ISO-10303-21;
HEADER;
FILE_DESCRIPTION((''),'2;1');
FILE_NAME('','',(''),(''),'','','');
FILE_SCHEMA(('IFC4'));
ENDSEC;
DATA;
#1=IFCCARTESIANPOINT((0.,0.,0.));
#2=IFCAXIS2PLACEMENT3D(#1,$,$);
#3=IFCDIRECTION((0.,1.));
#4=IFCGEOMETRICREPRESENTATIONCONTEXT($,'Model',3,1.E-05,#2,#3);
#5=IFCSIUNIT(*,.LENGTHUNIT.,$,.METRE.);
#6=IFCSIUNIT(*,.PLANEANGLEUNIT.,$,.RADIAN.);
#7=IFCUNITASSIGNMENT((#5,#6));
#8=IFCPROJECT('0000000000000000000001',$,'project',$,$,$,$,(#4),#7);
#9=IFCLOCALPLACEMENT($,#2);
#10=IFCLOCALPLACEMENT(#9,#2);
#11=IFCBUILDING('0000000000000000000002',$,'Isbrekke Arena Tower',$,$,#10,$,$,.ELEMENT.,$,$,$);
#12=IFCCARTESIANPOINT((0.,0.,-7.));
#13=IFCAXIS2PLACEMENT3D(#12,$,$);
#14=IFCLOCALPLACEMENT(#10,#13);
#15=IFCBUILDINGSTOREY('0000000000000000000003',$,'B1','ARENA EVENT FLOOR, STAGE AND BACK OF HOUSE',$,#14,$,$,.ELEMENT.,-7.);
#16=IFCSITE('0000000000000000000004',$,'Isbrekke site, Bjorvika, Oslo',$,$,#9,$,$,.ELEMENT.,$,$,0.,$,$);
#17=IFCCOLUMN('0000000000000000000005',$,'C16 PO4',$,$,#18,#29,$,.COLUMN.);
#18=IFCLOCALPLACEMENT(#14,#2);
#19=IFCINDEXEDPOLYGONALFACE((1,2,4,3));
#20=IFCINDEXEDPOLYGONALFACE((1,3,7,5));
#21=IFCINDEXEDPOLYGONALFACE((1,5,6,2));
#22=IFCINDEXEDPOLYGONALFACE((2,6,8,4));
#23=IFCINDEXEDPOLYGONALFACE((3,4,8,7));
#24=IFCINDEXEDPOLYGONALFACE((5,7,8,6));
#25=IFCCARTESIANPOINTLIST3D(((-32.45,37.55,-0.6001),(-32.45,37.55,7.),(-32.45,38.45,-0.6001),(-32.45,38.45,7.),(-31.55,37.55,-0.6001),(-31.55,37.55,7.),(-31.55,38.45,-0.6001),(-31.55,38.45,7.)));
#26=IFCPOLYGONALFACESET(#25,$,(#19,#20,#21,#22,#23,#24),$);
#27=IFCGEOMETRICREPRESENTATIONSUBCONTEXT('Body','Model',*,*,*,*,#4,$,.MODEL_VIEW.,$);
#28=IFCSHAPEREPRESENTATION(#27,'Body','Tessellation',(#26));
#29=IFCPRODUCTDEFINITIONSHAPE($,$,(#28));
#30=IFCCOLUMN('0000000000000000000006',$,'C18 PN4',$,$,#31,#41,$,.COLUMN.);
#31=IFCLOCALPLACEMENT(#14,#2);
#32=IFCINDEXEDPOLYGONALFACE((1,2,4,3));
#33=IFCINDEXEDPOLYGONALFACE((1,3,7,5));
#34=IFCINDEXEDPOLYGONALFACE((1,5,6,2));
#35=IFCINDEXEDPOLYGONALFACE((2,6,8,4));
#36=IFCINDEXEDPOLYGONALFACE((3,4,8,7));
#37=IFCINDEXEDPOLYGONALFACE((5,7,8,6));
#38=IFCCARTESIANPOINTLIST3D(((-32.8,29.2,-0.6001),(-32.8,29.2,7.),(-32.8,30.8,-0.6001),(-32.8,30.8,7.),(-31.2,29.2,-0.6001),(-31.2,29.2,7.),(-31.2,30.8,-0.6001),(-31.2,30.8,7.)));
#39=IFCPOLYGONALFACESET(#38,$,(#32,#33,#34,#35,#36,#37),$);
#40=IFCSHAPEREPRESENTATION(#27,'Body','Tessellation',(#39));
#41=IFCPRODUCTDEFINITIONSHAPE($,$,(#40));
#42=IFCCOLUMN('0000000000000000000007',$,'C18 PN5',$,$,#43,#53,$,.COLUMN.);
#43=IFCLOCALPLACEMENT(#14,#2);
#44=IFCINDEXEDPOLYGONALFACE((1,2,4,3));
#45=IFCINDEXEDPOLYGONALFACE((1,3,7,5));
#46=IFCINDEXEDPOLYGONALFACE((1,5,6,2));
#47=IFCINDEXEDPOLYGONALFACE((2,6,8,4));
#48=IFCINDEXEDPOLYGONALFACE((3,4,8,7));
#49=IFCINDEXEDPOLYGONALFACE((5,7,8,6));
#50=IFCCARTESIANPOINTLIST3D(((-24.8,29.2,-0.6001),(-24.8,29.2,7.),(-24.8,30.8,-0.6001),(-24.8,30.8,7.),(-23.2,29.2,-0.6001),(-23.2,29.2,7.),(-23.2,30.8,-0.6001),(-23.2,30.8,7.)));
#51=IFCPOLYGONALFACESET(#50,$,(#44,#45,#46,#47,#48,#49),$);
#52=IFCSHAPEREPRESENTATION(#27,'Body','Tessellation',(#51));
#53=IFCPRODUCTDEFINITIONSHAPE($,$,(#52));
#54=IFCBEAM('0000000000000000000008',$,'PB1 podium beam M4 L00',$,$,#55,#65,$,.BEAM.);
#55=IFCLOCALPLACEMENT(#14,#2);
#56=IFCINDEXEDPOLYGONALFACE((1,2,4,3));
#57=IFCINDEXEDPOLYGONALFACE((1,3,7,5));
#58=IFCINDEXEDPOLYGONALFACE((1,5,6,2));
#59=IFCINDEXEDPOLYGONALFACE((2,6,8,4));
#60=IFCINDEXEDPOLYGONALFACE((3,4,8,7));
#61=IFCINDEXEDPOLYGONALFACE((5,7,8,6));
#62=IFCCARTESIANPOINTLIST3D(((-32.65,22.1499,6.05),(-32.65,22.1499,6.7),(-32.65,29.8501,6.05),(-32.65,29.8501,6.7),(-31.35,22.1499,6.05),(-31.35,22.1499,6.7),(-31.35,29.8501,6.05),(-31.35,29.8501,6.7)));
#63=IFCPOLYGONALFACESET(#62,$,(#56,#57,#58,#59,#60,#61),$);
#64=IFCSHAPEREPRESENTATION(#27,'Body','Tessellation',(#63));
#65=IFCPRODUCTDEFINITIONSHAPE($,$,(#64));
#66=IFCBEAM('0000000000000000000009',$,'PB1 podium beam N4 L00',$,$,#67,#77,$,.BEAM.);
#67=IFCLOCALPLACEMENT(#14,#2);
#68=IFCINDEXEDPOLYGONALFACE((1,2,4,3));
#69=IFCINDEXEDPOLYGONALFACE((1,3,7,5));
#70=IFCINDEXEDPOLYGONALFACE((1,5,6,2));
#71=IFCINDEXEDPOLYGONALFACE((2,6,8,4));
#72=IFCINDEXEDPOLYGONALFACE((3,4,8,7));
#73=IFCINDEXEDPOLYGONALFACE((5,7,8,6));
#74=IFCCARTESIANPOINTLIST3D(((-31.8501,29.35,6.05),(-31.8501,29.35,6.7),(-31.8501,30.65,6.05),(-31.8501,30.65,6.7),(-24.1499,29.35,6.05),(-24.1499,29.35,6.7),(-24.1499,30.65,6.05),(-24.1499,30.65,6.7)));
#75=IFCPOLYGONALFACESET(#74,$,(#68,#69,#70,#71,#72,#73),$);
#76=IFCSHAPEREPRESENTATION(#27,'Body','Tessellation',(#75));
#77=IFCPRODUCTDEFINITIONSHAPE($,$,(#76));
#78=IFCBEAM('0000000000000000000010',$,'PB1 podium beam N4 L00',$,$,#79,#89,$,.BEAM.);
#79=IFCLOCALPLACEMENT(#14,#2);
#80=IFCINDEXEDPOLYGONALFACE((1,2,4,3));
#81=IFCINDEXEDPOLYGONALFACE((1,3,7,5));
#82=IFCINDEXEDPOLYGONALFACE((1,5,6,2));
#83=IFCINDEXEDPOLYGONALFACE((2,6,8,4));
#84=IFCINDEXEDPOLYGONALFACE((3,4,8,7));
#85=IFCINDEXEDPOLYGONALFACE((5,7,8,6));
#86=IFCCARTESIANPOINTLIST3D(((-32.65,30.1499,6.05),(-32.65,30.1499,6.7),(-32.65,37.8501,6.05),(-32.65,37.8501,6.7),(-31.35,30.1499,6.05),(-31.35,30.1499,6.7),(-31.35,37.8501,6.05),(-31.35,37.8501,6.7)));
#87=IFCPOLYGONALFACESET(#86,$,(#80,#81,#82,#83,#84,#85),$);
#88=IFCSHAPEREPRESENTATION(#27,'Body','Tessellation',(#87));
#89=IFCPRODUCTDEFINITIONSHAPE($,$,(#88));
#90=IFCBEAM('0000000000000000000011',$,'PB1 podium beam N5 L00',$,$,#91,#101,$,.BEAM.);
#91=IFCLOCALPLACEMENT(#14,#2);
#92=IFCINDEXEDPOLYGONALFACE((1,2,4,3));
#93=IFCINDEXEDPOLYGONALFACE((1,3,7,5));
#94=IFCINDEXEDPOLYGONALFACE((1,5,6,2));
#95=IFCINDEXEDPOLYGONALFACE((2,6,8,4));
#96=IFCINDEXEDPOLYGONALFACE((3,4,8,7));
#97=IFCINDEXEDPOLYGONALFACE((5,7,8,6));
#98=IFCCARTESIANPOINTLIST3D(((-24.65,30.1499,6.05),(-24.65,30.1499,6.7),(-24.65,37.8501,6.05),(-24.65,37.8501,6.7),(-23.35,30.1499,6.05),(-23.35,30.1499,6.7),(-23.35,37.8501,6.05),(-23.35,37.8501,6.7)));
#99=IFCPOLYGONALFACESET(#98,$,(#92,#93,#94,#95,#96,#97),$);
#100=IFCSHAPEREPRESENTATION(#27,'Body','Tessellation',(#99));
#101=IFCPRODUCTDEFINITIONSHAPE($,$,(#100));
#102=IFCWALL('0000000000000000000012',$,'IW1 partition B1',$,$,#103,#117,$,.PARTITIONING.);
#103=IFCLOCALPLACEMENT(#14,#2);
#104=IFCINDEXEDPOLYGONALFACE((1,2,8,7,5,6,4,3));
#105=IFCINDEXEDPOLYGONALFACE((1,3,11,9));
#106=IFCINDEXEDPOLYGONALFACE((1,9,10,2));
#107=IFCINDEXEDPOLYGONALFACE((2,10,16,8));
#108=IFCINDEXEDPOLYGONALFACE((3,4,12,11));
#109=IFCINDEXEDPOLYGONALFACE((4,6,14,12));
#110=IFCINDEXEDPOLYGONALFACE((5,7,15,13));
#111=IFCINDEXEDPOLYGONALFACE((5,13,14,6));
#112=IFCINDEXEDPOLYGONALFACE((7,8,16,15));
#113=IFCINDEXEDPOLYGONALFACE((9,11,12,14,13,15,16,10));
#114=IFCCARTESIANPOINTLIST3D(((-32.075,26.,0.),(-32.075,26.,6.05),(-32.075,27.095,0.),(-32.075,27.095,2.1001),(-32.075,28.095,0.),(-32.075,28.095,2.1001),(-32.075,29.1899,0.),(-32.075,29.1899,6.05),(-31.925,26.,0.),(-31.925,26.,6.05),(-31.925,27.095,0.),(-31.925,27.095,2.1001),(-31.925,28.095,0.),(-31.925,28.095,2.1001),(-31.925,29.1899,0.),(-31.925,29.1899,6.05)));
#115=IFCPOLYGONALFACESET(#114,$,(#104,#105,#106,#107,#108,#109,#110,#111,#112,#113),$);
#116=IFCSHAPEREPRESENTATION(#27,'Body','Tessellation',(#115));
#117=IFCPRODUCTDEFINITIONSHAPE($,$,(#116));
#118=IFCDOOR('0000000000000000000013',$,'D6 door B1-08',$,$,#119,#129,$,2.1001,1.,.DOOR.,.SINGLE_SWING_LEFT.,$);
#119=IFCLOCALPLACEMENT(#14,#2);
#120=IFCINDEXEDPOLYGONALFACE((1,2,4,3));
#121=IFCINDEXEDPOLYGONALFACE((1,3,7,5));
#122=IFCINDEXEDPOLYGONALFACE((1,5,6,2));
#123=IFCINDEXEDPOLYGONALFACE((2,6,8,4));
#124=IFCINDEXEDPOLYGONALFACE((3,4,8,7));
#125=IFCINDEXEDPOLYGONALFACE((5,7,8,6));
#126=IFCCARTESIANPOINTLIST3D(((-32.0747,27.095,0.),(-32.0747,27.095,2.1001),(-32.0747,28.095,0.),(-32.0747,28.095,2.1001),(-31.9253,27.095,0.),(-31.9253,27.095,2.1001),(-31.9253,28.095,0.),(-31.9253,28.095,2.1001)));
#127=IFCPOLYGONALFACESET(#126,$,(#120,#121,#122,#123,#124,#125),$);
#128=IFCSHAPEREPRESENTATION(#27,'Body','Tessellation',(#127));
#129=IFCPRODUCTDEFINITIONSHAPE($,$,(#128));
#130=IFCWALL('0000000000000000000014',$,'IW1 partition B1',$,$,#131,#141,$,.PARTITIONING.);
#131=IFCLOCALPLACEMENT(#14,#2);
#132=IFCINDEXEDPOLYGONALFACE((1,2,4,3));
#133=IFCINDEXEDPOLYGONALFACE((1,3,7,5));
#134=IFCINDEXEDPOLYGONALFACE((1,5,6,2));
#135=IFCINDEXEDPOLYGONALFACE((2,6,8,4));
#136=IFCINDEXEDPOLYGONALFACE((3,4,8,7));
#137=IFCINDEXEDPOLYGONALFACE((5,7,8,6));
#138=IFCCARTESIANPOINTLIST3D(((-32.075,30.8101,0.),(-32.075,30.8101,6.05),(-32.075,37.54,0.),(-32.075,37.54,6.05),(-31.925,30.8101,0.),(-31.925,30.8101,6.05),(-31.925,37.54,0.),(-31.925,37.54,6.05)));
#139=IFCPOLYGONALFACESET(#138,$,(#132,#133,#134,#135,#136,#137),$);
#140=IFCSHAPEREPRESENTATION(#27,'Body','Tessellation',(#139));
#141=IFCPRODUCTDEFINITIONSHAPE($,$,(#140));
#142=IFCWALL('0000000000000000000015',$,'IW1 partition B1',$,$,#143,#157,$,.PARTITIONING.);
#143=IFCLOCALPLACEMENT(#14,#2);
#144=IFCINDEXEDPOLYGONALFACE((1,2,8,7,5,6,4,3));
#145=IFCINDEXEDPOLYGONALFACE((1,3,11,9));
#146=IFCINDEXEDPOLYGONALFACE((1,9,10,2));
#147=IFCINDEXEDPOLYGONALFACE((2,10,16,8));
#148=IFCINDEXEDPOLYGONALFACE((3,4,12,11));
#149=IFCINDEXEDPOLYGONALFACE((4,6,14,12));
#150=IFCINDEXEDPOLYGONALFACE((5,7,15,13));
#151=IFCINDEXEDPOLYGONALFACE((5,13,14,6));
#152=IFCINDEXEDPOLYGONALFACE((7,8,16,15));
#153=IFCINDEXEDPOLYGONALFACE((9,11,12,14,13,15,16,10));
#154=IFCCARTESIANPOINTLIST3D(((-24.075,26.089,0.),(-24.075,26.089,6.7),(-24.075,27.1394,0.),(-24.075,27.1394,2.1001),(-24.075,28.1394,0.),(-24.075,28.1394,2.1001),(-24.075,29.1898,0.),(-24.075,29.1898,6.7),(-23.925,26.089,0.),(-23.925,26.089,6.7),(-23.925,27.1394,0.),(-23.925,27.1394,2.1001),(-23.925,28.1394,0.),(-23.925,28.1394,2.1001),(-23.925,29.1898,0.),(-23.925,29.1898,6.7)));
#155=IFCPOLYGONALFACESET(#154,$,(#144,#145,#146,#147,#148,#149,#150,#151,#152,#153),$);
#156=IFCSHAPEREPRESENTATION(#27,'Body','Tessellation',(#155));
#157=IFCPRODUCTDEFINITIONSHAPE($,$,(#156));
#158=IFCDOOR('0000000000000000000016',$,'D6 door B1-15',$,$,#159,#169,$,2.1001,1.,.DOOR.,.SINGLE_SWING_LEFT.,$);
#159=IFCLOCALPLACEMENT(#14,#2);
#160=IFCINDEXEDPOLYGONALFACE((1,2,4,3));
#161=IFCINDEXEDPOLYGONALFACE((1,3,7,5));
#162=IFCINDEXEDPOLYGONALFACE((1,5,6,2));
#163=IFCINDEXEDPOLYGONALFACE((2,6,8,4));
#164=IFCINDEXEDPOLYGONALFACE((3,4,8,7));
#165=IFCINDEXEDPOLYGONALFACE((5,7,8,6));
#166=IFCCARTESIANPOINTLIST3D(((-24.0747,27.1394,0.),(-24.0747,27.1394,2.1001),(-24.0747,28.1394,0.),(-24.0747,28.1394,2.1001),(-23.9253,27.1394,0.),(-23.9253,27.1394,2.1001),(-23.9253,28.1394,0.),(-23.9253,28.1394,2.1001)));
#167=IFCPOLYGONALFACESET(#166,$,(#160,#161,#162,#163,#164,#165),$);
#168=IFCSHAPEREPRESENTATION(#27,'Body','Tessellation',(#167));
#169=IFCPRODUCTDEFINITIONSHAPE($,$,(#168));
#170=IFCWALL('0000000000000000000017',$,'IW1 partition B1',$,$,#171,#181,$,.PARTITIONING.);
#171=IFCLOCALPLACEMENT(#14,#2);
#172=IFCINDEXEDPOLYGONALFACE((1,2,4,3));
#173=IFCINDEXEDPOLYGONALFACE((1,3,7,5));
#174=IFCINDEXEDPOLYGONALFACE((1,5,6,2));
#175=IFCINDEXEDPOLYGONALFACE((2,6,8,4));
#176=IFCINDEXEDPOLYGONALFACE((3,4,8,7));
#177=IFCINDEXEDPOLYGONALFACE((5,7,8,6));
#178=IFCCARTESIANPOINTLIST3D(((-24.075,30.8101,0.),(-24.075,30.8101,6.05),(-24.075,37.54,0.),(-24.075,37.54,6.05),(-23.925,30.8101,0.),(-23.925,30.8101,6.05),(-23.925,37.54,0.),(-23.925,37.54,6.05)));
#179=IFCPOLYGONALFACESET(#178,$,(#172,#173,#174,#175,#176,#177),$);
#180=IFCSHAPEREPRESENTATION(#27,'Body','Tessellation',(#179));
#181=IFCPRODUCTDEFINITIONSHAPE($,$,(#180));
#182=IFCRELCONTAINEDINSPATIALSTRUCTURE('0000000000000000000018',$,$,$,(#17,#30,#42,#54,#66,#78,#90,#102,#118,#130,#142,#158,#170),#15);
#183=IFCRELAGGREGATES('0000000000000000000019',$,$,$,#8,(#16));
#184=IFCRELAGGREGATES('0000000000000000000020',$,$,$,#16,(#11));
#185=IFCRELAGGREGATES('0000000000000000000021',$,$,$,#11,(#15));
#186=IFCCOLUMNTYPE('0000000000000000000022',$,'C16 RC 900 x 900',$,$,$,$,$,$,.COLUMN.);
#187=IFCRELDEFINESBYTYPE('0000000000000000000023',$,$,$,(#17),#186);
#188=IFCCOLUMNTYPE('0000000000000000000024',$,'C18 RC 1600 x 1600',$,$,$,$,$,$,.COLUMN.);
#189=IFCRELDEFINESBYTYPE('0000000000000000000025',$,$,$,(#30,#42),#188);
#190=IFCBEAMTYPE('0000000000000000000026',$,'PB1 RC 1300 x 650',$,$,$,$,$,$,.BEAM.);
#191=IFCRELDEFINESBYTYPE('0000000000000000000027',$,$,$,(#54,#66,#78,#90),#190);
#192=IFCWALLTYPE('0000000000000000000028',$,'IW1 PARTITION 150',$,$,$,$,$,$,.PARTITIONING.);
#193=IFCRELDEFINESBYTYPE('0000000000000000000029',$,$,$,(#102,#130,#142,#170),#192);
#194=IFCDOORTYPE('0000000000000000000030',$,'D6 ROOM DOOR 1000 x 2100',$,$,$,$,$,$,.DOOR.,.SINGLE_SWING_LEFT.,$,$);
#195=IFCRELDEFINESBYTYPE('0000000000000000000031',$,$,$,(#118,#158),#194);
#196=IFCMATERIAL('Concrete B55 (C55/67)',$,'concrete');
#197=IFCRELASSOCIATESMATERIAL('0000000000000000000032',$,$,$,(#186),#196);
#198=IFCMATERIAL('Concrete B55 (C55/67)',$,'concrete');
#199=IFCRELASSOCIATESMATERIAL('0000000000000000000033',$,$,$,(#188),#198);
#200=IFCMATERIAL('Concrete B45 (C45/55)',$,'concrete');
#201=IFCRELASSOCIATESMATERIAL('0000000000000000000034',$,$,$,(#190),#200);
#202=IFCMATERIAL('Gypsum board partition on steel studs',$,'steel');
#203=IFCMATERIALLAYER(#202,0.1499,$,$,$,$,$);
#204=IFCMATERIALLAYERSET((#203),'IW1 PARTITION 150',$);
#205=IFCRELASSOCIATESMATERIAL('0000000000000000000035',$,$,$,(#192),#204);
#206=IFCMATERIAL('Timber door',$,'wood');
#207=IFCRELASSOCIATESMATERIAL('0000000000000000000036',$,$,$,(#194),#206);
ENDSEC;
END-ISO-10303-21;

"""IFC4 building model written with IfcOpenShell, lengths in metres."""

from ifc_helpers import new_model, si_unit, direction, frame, frame_2d, origin, origin_2d, place, context, subcontext, project, spatial, rectangle, extrude, material, layer, layer_set, material_profile, profile_set, type_object, element, fill, save


model = new_model("IFC4")

# Units and contexts
model_context = context("Model", 3, precision=1e-05, world=origin(), true_north=direction((0.0, 1.0)))
body_context = subcontext(model_context, "Body", "Model", "MODEL_VIEW")
ifc_project = project(units=[si_unit("LENGTHUNIT", "METRE"), si_unit("PLANEANGLEUNIT", "RADIAN")], contexts=[model_context])

# Site, building, storey
site_placement = place(None, origin())
site = spatial("IfcSite", under=ifc_project, at=site_placement, Name="Isbrekke site, Bjorvika, Oslo", CompositionType="ELEMENT", RefElevation=0.0)
building_placement = place(site_placement, origin())
building = spatial("IfcBuilding", under=site, at=building_placement, Name="Isbrekke Arena Tower", CompositionType="ELEMENT")
storey_placement = place(building_placement, frame((0.0, 0.0, -7.0)))
storey = spatial("IfcBuildingStorey", under=building, at=storey_placement, Name="B1", Description="ARENA EVENT FLOOR, STAGE AND BACK OF HOUSE", CompositionType="ELEMENT", Elevation=-7.0)

# Columns
ifc_material_1 = material(Name="Concrete B55 (C55/67)", Category="concrete")
ifc_material_profile_1 = material_profile(ifc_material_1, rectangle(XDim=0.8999, YDim=0.8999, at=origin_2d()), Name="RC 900x900")
ifc_profile_set_1 = profile_set([ifc_material_profile_1], Name="Concrete B55 (C55/67)")
column_type_1 = type_object("IfcColumnType", Name="C16 RC 900 x 900", PredefinedType="COLUMN", material=ifc_profile_set_1)
column_1_placement = place(storey_placement, frame((-32.0, 38.0, -0.6001), z_axis=(0.0, 0.0, 1.0), x_axis=(1.0, 0.0, 0.0)))
element("IfcColumn", 1, at=column_1_placement, inside=storey, type_object=column_type_1, Name="C16 PO4", PredefinedType="COLUMN", context=body_context, shape_type="SweptSolid", body=[
    extrude(rectangle(XDim=0.8999, YDim=0.8999, at=origin_2d()), origin(), (0.0, 0.0, 1.0), 7.6001),
])
ifc_material_2 = material(Name="Concrete B55 (C55/67)", Category="concrete")
ifc_material_profile_2 = material_profile(ifc_material_2, rectangle(XDim=1.6001, YDim=1.6001, at=origin_2d()), Name="RC 1600x1600")
ifc_profile_set_2 = profile_set([ifc_material_profile_2], Name="Concrete B55 (C55/67)")
column_type_2 = type_object("IfcColumnType", Name="C18 RC 1600 x 1600", PredefinedType="COLUMN", material=ifc_profile_set_2)
for number, where, z_axis, x_axis, name in (
    (2, (-32.0, 30.0, -0.6001), (0.0, 0.0, 1.0), (1.0, 0.0, 0.0), "C18 PN4"),
    (3, (-24.0, 30.0, -0.6001), (0.0, 0.0, 1.0), (1.0, 0.0, 0.0), "C18 PN5"),
):
    element("IfcColumn", number, at=place(storey_placement, frame(where, z_axis=z_axis, x_axis=x_axis)), inside=storey, type_object=column_type_2, Name=name, PredefinedType="COLUMN", context=body_context, shape_type="SweptSolid", body=[
        extrude(rectangle(XDim=1.6001, YDim=1.6001, at=origin_2d()), origin(), (0.0, 0.0, 1.0), 7.6001),
    ])

# Beams
ifc_material_3 = material(Name="Concrete B45 (C45/55)", Category="concrete")
ifc_material_profile_3 = material_profile(ifc_material_3, rectangle(XDim=1.3, YDim=0.6499, at=origin_2d()), Name="RC 1300x650")
ifc_profile_set_3 = profile_set([ifc_material_profile_3], Name="Concrete B45 (C45/55)")
beam_type = type_object("IfcBeamType", Name="PB1 RC 1300 x 650", PredefinedType="BEAM", material=ifc_profile_set_3)
for number, where, z_axis, x_axis, name in (
    (4, (-32.0, 22.1499, 6.375), (0.0, 1.0, 0.0), (-1.0, 0.0, 0.0), "PB1 podium beam M4 L00"),
    (5, (-31.8501, 30.0, 6.375), (1.0, 0.0, 0.0), (0.0, 1.0, 0.0), "PB1 podium beam N4 L00"),
    (6, (-32.0, 30.1499, 6.375), (0.0, 1.0, 0.0), (-1.0, 0.0, 0.0), "PB1 podium beam N4 L00"),
    (7, (-24.0, 30.1499, 6.375), (0.0, 1.0, 0.0), (-1.0, 0.0, 0.0), "PB1 podium beam N5 L00"),
):
    element("IfcBeam", number, at=place(storey_placement, frame(where, z_axis=z_axis, x_axis=x_axis)), inside=storey, type_object=beam_type, Name=name, PredefinedType="BEAM", context=body_context, shape_type="SweptSolid", body=[
        extrude(rectangle(XDim=1.3, YDim=0.6499, at=origin_2d()), origin(), (0.0, 0.0, 1.0), 7.7002),
    ])

# Wall, opening, door
ifc_material_4 = material(Name="Gypsum board partition on steel studs", Category="steel")
ifc_layer_1 = layer(ifc_material_4, 0.1499)
ifc_layer_set_1 = layer_set([ifc_layer_1], Name="IW1 PARTITION 150")
wall_type_1 = type_object("IfcWallType", Name="IW1 PARTITION 150", PredefinedType="PARTITIONING", material=ifc_layer_set_1)
wall_1_placement = place(storey_placement, frame((-32.0, 26.0, 0.0), z_axis=(0.0, 0.0, 1.0), x_axis=(0.0, 1.0, 0.0)))
wall_1 = element("IfcWall", 8, at=wall_1_placement, inside=storey, type_object=wall_type_1, Name="IW1 partition B1", PredefinedType="PARTITIONING", context=body_context, shape_type="SweptSolid", body=[
    extrude(rectangle(XDim=3.1899, YDim=0.1499, at=frame_2d((1.595, 0.0))), origin(), (0.0, 0.0, 1.0), 6.05),
])
opening_1_placement = place(wall_1_placement, frame((1.095, 0.0, 0.0)))
opening_1 = element("IfcOpeningElement", 9, at=opening_1_placement, cuts=wall_1, PredefinedType="OPENING", context=body_context, shape_type="SweptSolid", body=[
    extrude(rectangle(XDim=1.0, YDim=2.1001, at=frame_2d((0.5, 1.05))), frame((0.0, 0.0898, 0.0), z_axis=(0.0, -1.0, 0.0), x_axis=(1.0, 0.0, 0.0)), (0.0, 0.0, 1.0), 0.1797),
])
ifc_material_5 = material(Name="Timber door", Category="wood")
door_type_1 = type_object("IfcDoorType", Name="D6 ROOM DOOR 1000 x 2100", OperationType="SINGLE_SWING_LEFT", PredefinedType="DOOR", material=ifc_material_5)
door_1_placement = place(opening_1_placement, origin())
door_1 = element("IfcDoor", 10, at=door_1_placement, inside=storey, type_object=door_type_1, Name="D6 door B1-08", OperationType="SINGLE_SWING_LEFT", OverallHeight=2.1001, OverallWidth=1.0, PredefinedType="DOOR", context=body_context, shape_type="SweptSolid", body=[
    extrude(rectangle(XDim=1.0, YDim=2.1001, at=frame_2d((0.5, 1.05))), frame((0.0, 0.0747, 0.0), z_axis=(0.0, -1.0, 0.0), x_axis=(1.0, 0.0, 0.0)), (0.0, 0.0, 1.0), 0.1494),
])
fill(opening_1, door_1)

# Wall
wall_2_placement = place(storey_placement, frame((-32.0, 30.8101, 0.0), z_axis=(0.0, 0.0, 1.0), x_axis=(0.0, 1.0, 0.0)))
element("IfcWall", 11, at=wall_2_placement, inside=storey, type_object=wall_type_1, Name="IW1 partition B1", PredefinedType="PARTITIONING", context=body_context, shape_type="SweptSolid", body=[
    extrude(rectangle(XDim=6.73, YDim=0.1499, at=frame_2d((3.365, 0.0))), origin(), (0.0, 0.0, 1.0), 6.05),
])

# Wall, opening, door
wall_3_placement = place(storey_placement, frame((-24.0, 26.0891, 0.0), z_axis=(0.0, 0.0, 1.0), x_axis=(0.0, 1.0, 0.0)))
wall_3 = element("IfcWall", 12, at=wall_3_placement, inside=storey, type_object=wall_type_1, Name="IW1 partition B1", PredefinedType="PARTITIONING", context=body_context, shape_type="SweptSolid", body=[
    extrude(rectangle(XDim=3.1008, YDim=0.1499, at=frame_2d((1.5503, 0.0))), origin(), (0.0, 0.0, 1.0), 6.7),
])
opening_2_placement = place(wall_3_placement, frame((1.0503, 0.0, 0.0)))
opening_2 = element("IfcOpeningElement", 13, at=opening_2_placement, cuts=wall_3, PredefinedType="OPENING", context=body_context, shape_type="SweptSolid", body=[
    extrude(rectangle(XDim=1.0, YDim=2.1001, at=frame_2d((0.5, 1.05))), frame((0.0, 0.0898, 0.0), z_axis=(0.0, -1.0, 0.0), x_axis=(1.0, 0.0, 0.0)), (0.0, 0.0, 1.0), 0.1797),
])
door_2_placement = place(opening_2_placement, origin())
door_2 = element("IfcDoor", 14, at=door_2_placement, inside=storey, type_object=door_type_1, Name="D6 door B1-15", OperationType="SINGLE_SWING_LEFT", OverallHeight=2.1001, OverallWidth=1.0, PredefinedType="DOOR", context=body_context, shape_type="SweptSolid", body=[
    extrude(rectangle(XDim=1.0, YDim=2.1001, at=frame_2d((0.5, 1.05))), frame((0.0, 0.0747, 0.0), z_axis=(0.0, -1.0, 0.0), x_axis=(1.0, 0.0, 0.0)), (0.0, 0.0, 1.0), 0.1494),
])
fill(opening_2, door_2)

# Wall
wall_4_placement = place(storey_placement, frame((-24.0, 30.8101, 0.0), z_axis=(0.0, 0.0, 1.0), x_axis=(0.0, 1.0, 0.0)))
element("IfcWall", 15, at=wall_4_placement, inside=storey, type_object=wall_type_1, Name="IW1 partition B1", PredefinedType="PARTITIONING", context=body_context, shape_type="SweptSolid", body=[
    extrude(rectangle(XDim=6.73, YDim=0.1499, at=frame_2d((3.365, 0.0))), origin(), (0.0, 0.0, 1.0), 6.05),
])

save(model, "model.ifc")
